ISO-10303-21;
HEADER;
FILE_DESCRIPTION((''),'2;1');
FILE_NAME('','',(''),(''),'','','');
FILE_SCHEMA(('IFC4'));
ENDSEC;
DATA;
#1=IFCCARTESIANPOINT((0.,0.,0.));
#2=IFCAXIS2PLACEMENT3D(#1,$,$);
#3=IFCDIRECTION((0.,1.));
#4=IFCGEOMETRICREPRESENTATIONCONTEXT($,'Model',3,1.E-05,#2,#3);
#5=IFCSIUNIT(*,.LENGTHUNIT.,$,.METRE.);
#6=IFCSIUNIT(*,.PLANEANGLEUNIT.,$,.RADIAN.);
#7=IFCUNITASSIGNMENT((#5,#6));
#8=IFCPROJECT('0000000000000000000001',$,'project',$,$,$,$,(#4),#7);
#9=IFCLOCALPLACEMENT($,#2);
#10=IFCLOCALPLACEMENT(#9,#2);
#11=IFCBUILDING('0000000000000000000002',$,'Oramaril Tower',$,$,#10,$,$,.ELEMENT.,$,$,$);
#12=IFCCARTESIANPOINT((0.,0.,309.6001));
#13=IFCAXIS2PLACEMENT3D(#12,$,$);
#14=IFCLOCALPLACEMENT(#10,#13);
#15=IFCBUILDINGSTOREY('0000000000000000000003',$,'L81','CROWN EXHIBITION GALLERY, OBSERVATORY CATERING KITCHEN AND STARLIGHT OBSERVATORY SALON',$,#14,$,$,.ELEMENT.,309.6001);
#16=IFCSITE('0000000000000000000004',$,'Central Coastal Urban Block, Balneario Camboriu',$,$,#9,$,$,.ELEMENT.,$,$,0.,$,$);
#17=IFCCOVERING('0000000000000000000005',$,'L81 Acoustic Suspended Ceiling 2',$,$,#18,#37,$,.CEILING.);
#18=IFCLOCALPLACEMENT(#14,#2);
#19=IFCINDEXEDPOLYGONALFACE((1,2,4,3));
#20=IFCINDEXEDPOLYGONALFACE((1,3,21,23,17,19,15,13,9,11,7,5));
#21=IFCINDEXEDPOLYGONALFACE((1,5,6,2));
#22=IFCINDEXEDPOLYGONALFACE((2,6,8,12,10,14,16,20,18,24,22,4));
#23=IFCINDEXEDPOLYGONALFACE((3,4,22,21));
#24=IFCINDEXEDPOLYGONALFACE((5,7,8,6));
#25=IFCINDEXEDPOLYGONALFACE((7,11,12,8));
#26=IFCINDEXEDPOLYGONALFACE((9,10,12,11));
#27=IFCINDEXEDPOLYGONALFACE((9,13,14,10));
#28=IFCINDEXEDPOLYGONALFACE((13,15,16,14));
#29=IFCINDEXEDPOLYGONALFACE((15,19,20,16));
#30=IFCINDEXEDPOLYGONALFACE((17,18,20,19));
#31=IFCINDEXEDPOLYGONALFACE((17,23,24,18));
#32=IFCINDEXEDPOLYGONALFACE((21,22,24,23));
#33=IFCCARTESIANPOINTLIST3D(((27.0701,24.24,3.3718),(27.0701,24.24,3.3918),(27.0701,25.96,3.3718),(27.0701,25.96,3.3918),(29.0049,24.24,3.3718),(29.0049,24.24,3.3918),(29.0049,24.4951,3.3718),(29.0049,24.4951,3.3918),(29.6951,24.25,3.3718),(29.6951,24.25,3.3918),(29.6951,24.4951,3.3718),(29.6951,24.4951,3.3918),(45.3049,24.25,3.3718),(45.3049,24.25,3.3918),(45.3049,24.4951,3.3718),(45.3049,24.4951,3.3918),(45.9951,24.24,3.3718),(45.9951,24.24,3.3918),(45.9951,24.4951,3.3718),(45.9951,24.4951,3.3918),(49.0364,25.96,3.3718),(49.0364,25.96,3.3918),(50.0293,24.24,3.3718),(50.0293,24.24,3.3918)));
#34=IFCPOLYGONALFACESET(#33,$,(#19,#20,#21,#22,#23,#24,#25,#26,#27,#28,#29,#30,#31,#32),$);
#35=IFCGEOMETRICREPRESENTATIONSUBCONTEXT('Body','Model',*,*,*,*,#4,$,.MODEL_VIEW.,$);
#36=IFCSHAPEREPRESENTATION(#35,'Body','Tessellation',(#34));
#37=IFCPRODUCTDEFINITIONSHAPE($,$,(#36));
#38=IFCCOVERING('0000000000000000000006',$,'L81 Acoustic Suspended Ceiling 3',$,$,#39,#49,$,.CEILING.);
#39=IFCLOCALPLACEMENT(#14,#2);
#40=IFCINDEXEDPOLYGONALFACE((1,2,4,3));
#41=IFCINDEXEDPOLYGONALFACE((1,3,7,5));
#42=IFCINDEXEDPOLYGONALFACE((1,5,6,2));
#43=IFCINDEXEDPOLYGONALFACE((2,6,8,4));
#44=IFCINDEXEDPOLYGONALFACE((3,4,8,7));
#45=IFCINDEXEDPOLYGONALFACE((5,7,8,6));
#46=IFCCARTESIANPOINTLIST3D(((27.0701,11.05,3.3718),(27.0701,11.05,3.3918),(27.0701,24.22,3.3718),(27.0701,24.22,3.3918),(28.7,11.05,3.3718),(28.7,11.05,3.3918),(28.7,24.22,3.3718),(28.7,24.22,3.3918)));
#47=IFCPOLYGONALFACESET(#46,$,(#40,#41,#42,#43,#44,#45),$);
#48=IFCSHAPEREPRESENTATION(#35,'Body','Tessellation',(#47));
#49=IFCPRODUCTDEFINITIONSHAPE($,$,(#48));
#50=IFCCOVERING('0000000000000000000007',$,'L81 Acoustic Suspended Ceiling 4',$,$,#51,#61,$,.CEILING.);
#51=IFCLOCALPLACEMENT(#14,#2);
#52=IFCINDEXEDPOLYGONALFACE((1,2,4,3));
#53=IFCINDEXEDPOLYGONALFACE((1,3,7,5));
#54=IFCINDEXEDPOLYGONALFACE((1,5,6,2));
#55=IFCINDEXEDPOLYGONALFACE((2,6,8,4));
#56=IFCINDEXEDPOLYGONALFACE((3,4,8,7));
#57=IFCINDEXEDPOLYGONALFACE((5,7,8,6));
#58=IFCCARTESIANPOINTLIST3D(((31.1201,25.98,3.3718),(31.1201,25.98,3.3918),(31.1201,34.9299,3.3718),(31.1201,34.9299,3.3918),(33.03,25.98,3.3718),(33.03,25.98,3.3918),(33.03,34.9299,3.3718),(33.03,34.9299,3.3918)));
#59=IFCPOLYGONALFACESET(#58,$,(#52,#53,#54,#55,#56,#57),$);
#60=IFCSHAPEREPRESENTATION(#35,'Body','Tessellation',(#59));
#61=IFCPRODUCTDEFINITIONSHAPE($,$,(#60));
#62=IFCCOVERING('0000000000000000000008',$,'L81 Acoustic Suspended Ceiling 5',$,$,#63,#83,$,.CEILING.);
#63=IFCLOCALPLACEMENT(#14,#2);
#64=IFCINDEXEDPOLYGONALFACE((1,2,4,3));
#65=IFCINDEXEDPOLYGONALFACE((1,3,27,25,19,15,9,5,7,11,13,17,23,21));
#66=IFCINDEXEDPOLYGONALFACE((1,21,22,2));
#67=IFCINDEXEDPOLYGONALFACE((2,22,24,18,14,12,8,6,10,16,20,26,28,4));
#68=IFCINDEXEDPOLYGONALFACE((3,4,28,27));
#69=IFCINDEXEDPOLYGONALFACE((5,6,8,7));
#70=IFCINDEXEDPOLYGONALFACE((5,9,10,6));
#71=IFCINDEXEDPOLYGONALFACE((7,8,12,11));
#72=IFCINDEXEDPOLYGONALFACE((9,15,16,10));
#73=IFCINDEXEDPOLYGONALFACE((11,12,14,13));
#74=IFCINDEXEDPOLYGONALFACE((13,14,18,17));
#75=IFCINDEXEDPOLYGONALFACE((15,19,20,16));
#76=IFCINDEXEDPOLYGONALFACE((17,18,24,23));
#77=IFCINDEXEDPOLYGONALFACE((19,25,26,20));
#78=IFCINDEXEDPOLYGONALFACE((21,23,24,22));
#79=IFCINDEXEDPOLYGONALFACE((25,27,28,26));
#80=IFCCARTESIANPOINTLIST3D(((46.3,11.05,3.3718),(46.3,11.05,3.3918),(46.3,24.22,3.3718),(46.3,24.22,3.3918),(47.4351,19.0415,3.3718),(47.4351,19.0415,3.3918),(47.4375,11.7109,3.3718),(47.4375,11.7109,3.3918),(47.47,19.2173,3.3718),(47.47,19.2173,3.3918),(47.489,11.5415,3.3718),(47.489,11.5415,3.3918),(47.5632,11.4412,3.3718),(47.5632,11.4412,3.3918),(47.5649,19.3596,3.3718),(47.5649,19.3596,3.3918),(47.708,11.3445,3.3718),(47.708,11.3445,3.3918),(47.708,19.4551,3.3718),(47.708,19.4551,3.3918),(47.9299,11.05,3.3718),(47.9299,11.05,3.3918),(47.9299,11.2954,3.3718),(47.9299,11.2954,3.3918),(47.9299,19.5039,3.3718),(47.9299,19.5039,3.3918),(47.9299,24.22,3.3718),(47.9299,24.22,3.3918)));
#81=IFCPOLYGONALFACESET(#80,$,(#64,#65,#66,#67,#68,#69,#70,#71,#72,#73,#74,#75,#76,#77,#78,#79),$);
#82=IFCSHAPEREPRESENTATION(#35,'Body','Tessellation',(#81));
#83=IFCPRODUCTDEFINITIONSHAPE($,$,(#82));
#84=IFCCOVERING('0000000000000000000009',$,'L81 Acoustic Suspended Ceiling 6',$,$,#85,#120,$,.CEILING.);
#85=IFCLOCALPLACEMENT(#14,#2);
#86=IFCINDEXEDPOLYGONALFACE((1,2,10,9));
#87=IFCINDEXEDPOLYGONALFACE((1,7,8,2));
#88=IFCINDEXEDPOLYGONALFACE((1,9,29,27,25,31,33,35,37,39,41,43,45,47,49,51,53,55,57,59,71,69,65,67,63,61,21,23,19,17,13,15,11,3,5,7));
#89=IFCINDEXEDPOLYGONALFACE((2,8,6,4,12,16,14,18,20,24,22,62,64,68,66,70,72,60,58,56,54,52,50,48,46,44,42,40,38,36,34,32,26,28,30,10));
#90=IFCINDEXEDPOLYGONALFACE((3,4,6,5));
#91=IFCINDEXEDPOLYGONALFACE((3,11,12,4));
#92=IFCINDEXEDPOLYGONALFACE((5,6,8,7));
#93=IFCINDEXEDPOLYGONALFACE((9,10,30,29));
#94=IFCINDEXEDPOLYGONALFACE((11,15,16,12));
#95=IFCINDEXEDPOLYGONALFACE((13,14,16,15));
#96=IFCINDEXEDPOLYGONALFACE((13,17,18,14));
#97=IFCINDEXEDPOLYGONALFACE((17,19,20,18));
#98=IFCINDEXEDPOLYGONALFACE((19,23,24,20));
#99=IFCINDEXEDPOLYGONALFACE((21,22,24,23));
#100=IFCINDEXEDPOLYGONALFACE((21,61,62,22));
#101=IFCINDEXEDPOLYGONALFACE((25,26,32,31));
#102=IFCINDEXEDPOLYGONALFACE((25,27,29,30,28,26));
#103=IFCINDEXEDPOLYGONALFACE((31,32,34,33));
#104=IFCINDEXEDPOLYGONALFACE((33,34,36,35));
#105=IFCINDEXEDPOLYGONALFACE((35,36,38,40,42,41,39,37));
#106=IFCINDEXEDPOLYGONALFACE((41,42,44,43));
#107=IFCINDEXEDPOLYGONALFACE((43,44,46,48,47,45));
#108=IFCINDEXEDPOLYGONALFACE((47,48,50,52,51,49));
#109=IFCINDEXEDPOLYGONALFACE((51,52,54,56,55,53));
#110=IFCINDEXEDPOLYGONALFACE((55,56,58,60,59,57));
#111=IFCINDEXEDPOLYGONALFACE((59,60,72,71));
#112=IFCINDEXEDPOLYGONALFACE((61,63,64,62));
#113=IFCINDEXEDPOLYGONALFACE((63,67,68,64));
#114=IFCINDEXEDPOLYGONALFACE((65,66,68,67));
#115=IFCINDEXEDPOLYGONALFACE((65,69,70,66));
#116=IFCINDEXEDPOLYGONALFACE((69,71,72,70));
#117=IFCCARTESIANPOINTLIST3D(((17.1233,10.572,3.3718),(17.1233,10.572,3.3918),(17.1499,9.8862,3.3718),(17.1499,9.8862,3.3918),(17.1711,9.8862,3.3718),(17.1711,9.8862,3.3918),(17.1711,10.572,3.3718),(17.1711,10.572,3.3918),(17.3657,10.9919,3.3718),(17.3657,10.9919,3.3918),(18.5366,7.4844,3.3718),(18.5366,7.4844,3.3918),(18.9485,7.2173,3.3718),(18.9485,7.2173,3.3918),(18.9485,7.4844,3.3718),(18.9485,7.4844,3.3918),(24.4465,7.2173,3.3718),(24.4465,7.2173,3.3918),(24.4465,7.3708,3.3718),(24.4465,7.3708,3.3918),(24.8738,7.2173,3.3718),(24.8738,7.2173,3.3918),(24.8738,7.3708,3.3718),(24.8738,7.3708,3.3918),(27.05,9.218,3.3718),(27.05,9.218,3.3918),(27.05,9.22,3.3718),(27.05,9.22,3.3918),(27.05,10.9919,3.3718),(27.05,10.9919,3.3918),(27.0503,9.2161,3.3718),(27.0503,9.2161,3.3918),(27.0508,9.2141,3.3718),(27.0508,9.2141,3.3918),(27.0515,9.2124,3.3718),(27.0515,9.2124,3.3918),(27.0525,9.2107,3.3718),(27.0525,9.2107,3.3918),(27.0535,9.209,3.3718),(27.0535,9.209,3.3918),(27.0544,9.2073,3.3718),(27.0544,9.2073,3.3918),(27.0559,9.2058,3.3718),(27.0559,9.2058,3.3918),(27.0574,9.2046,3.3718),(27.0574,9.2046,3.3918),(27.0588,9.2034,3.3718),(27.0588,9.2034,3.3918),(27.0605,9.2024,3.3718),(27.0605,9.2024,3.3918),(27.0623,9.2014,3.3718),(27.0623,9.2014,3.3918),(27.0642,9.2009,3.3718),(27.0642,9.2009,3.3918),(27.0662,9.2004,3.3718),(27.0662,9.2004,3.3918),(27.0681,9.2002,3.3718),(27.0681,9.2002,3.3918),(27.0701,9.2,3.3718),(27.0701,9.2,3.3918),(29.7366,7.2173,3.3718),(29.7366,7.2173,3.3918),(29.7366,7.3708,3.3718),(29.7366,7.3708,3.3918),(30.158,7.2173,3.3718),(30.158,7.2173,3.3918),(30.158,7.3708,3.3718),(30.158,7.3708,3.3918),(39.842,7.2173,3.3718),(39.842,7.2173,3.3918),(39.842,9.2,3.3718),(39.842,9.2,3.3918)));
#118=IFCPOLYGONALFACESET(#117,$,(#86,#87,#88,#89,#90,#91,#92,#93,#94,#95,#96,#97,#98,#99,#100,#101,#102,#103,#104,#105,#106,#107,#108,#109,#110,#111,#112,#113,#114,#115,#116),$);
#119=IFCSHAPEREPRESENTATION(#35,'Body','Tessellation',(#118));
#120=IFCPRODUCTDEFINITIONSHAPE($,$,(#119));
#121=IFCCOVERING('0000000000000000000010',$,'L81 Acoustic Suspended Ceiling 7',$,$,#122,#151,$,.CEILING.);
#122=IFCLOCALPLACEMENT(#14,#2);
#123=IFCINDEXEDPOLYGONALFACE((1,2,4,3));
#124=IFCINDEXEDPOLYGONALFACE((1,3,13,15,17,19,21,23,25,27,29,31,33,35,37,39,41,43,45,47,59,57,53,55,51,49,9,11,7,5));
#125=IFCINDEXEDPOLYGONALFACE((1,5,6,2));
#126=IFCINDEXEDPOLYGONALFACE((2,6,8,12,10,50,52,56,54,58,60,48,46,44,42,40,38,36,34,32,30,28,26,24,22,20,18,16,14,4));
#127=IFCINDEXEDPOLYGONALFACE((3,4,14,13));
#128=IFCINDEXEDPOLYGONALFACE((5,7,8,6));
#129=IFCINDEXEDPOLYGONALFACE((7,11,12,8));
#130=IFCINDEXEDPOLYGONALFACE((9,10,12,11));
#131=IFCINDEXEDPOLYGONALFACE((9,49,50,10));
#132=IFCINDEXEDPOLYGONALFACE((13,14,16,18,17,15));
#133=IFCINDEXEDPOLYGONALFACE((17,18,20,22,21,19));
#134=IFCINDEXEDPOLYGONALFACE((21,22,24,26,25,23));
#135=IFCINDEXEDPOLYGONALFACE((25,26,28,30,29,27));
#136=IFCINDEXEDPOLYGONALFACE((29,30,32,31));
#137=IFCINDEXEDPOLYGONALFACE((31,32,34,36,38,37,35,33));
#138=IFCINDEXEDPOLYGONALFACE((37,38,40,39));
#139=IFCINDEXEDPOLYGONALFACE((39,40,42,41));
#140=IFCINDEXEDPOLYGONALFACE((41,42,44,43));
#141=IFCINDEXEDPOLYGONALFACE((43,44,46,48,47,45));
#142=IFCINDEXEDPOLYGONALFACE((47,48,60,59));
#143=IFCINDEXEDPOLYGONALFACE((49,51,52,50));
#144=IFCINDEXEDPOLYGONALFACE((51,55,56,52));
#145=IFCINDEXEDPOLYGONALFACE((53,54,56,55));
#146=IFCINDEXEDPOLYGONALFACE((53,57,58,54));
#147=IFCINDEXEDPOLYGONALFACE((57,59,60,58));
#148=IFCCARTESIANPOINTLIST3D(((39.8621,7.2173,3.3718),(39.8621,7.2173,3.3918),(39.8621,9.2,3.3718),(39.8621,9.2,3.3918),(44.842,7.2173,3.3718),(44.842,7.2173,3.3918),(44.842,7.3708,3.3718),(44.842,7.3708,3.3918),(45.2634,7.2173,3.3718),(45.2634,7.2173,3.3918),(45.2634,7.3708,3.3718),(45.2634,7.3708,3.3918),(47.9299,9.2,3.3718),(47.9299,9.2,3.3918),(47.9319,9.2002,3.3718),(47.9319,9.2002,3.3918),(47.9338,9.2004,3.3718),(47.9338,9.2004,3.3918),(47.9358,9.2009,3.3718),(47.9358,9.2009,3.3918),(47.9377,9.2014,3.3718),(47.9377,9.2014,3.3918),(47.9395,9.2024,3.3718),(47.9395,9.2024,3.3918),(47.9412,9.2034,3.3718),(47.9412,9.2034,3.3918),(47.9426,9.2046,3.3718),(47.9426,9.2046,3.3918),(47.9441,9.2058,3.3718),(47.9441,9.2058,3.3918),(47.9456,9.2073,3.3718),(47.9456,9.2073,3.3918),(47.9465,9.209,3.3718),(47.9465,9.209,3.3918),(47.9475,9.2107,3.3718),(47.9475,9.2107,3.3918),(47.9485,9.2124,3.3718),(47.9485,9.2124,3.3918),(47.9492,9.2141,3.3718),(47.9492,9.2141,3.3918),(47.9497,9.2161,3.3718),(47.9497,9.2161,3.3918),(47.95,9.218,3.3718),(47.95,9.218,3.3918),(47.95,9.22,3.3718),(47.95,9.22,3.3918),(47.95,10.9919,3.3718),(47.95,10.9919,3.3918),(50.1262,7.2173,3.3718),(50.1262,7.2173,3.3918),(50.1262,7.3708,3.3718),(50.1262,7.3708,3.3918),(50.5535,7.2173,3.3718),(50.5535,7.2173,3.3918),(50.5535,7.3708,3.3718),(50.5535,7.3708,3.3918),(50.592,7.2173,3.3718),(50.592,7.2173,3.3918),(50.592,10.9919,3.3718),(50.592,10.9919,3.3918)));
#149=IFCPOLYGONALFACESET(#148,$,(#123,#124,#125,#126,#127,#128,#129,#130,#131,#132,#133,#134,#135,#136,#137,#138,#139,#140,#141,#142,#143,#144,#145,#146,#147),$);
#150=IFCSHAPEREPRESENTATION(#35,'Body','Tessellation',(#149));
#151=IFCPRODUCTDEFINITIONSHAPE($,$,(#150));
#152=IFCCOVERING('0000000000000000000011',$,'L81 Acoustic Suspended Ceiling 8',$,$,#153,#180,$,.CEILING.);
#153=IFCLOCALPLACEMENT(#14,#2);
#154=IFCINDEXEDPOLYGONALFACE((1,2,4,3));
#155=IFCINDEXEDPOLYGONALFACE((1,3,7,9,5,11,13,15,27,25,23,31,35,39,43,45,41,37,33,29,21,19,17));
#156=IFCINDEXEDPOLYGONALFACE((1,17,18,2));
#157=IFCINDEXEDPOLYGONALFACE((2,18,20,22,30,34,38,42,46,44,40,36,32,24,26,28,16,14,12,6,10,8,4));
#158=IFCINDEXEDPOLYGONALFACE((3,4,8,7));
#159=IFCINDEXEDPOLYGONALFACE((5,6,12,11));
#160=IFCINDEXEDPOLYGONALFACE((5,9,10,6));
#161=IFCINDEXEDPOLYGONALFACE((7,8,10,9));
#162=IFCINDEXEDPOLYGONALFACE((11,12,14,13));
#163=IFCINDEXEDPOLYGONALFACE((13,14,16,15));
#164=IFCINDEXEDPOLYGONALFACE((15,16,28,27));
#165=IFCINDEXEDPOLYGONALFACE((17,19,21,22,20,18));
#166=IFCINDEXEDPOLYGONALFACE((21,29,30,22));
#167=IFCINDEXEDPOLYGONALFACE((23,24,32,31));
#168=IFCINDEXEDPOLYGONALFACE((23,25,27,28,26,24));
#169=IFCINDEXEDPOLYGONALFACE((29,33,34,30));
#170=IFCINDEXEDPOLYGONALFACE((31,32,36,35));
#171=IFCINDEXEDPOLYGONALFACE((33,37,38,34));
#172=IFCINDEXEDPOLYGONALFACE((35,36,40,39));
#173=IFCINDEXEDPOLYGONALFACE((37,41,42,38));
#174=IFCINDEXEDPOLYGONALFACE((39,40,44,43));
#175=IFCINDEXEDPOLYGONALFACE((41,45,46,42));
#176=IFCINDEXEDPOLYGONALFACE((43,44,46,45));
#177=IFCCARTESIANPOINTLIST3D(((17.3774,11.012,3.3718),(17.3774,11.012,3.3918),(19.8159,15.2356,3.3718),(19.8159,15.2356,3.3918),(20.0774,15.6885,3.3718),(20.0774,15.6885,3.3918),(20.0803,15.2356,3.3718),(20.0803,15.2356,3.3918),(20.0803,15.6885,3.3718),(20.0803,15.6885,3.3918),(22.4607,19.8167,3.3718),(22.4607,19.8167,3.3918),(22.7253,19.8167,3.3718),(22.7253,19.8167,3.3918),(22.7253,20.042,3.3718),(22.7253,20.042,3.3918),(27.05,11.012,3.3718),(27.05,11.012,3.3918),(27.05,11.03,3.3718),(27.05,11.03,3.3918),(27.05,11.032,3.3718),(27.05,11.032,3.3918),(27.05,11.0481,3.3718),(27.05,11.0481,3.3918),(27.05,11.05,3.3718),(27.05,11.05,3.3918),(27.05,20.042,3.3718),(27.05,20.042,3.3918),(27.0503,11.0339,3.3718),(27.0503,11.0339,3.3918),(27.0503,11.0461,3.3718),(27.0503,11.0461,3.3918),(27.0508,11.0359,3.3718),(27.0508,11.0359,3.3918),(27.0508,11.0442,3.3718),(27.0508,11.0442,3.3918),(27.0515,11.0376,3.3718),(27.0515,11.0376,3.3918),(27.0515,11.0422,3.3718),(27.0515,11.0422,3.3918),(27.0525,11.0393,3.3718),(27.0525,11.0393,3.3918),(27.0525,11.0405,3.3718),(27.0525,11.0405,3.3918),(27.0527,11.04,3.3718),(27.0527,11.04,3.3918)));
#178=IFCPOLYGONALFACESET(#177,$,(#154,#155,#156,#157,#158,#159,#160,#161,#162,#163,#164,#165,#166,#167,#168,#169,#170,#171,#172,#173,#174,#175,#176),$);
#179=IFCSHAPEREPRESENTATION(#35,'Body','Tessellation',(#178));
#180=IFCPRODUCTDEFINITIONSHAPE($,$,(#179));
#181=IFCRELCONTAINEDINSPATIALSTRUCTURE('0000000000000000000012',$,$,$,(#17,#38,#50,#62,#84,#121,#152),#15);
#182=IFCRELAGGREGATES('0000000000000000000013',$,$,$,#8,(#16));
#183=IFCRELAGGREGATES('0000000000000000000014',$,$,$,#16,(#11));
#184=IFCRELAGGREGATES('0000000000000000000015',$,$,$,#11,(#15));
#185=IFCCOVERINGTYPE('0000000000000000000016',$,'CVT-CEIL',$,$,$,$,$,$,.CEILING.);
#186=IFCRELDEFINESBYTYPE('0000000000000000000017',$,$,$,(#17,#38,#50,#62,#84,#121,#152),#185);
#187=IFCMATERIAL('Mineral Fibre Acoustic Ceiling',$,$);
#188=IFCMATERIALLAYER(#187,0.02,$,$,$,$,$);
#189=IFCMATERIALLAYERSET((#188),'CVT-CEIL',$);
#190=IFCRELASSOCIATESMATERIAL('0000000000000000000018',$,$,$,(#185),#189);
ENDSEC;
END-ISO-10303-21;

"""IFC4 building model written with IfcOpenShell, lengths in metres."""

from ifc_helpers import new_model, si_unit, direction, frame, origin, place, context, subcontext, project, spatial, polyline, outline, extrude, material, layer, layer_set, type_object, element, save


model = new_model("IFC4")

# Units and contexts
model_context = context("Model", 3, precision=1e-05, world=origin(), true_north=direction((0.0, 1.0)))
body_context = subcontext(model_context, "Body", "Model", "MODEL_VIEW")
ifc_project = project(units=[si_unit("LENGTHUNIT", "METRE"), si_unit("PLANEANGLEUNIT", "RADIAN")], contexts=[model_context])

# Site, building, storey
site_placement = place(None, origin())
site = spatial("IfcSite", under=ifc_project, at=site_placement, Name="Central Coastal Urban Block, Balneario Camboriu", CompositionType="ELEMENT", RefElevation=0.0)
building_placement = place(site_placement, origin())
building = spatial("IfcBuilding", under=site, at=building_placement, Name="Oramaril Tower", CompositionType="ELEMENT")
storey_placement = place(building_placement, frame((0.0, 0.0, 309.6001)))
storey = spatial("IfcBuildingStorey", under=building, at=storey_placement, Name="L81", Description="CROWN EXHIBITION GALLERY, OBSERVATORY CATERING KITCHEN AND STARLIGHT OBSERVATORY SALON", CompositionType="ELEMENT", Elevation=309.6001)

# Coverings
ifc_material_1 = material(Name="Mineral Fibre Acoustic Ceiling")
ifc_layer_1 = layer(ifc_material_1, 0.02)
ifc_layer_set_1 = layer_set([ifc_layer_1], Name="CVT-CEIL")
covering_type_1 = type_object("IfcCoveringType", Name="CVT-CEIL", PredefinedType="CEILING", material=ifc_layer_set_1)
covering_1_placement = place(storey_placement, frame((0.0, 0.0, 3.3718)))
element("IfcCovering", 1, at=covering_1_placement, inside=storey, type_object=covering_type_1, Name="L81 Acoustic Suspended Ceiling 2", PredefinedType="CEILING", context=body_context, shape_type="SweptSolid", body=[
    extrude(outline(polyline([(27.0701, 25.96), (49.0364, 25.96), (50.0293, 24.24), (45.9951, 24.24), (45.9951, 24.4951), (45.3049, 24.4951), (45.3049, 24.25), (29.6951, 24.25), (29.6951, 24.4951), (29.0049, 24.4951), (29.0049, 24.24), (27.0701, 24.24), (27.0701, 25.96)])), origin(), (0.0, 0.0, 1.0), 0.02),
])
covering_2_placement = place(storey_placement, frame((0.0, 0.0, 3.3718)))
element("IfcCovering", 2, at=covering_2_placement, inside=storey, type_object=covering_type_1, Name="L81 Acoustic Suspended Ceiling 3", PredefinedType="CEILING", context=body_context, shape_type="SweptSolid", body=[
    extrude(outline(polyline([(28.7, 11.05), (27.0701, 11.05), (27.0701, 24.22), (28.7, 24.22), (28.7, 11.05)])), origin(), (0.0, 0.0, 1.0), 0.02),
])
covering_3_placement = place(storey_placement, frame((0.0, 0.0, 3.3718)))
element("IfcCovering", 3, at=covering_3_placement, inside=storey, type_object=covering_type_1, Name="L81 Acoustic Suspended Ceiling 4", PredefinedType="CEILING", context=body_context, shape_type="SweptSolid", body=[
    extrude(outline(polyline([(33.03, 34.9299), (33.03, 25.98), (31.1201, 25.98), (31.1201, 34.9299), (33.03, 34.9299)])), origin(), (0.0, 0.0, 1.0), 0.02),
])
covering_4_placement = place(storey_placement, frame((0.0, 0.0, 3.3718)))
element("IfcCovering", 4, at=covering_4_placement, inside=storey, type_object=covering_type_1, Name="L81 Acoustic Suspended Ceiling 5", PredefinedType="CEILING", context=body_context, shape_type="SweptSolid", body=[
    extrude(outline(polyline([(47.9299, 19.5039), (47.708, 19.4551), (47.5649, 19.3596), (47.47, 19.2173), (47.4351, 19.0415), (47.4375, 11.7109), (47.489, 11.5415), (47.5632, 11.4412), (47.708, 11.3445), (47.9299, 11.2954), (47.9299, 11.05), (46.3, 11.05), (46.3, 24.22), (47.9299, 24.22), (47.9299, 19.5039)])), origin(), (0.0, 0.0, 1.0), 0.02),
])
covering_5_placement = place(storey_placement, frame((0.0, 0.0, 3.3718)))
element("IfcCovering", 5, at=covering_5_placement, inside=storey, type_object=covering_type_1, Name="L81 Acoustic Suspended Ceiling 6", PredefinedType="CEILING", context=body_context, shape_type="SweptSolid", body=[
    extrude(outline(polyline([(39.842, 7.2173), (30.158, 7.2173), (30.158, 7.3708), (29.7366, 7.3708), (29.7366, 7.2173), (24.8738, 7.2173), (24.8738, 7.3708), (24.4465, 7.3708), (24.4465, 7.2173), (18.9485, 7.2173), (18.9485, 7.4844), (18.5366, 7.4844), (17.1499, 9.8862), (17.1711, 9.8862), (17.1711, 10.572), (17.1233, 10.572), (17.3657, 10.9919), (27.05, 10.9919), (27.05, 9.22), (27.05, 9.218), (27.0503, 9.2161), (27.0508, 9.2141), (27.0515, 9.2124), (27.0525, 9.2107), (27.0535, 9.209), (27.0544, 9.2073), (27.0559, 9.2058), (27.0574, 9.2046), (27.0588, 9.2034), (27.0605, 9.2024), (27.0623, 9.2014), (27.0642, 9.2009), (27.0662, 9.2004), (27.0681, 9.2002), (27.0701, 9.2), (39.842, 9.2), (39.842, 7.2173)])), origin(), (0.0, 0.0, 1.0), 0.02),
])
covering_6_placement = place(storey_placement, frame((0.0, 0.0, 3.3718)))
element("IfcCovering", 6, at=covering_6_placement, inside=storey, type_object=covering_type_1, Name="L81 Acoustic Suspended Ceiling 7", PredefinedType="CEILING", context=body_context, shape_type="SweptSolid", body=[
    extrude(outline(polyline([(50.592, 7.2173), (50.5535, 7.2173), (50.5535, 7.3708), (50.1262, 7.3708), (50.1262, 7.2173), (45.2634, 7.2173), (45.2634, 7.3708), (44.842, 7.3708), (44.842, 7.2173), (39.8621, 7.2173), (39.8621, 9.2), (47.9299, 9.2), (47.9319, 9.2002), (47.9338, 9.2004), (47.9358, 9.2009), (47.9377, 9.2014), (47.9395, 9.2024), (47.9412, 9.2034), (47.9426, 9.2046), (47.9441, 9.2058), (47.9456, 9.2073), (47.9465, 9.209), (47.9475, 9.2107), (47.9485, 9.2124), (47.9492, 9.2141), (47.9497, 9.2161), (47.95, 9.218), (47.95, 9.22), (47.95, 10.9919), (50.592, 10.9919), (50.592, 7.2173)])), origin(), (0.0, 0.0, 1.0), 0.02),
])
covering_7_placement = place(storey_placement, frame((0.0, 0.0, 3.3718)))
element("IfcCovering", 7, at=covering_7_placement, inside=storey, type_object=covering_type_1, Name="L81 Acoustic Suspended Ceiling 8", PredefinedType="CEILING", context=body_context, shape_type="SweptSolid", body=[
    extrude(outline(polyline([(19.8159, 15.2356), (20.0803, 15.2356), (20.0803, 15.6885), (20.0774, 15.6885), (22.4607, 19.8167), (22.7253, 19.8167), (22.7253, 20.042), (27.05, 20.042), (27.05, 11.05), (27.05, 11.0481), (27.0503, 11.0461), (27.0508, 11.0442), (27.0515, 11.0422), (27.0525, 11.0405), (27.0527, 11.04), (27.0525, 11.0393), (27.0515, 11.0376), (27.0508, 11.0359), (27.0503, 11.0339), (27.05, 11.032), (27.05, 11.03), (27.05, 11.012), (17.3774, 11.012), (19.8159, 15.2356)])), origin(), (0.0, 0.0, 1.0), 0.02),
])

save(model, "model.ifc")
